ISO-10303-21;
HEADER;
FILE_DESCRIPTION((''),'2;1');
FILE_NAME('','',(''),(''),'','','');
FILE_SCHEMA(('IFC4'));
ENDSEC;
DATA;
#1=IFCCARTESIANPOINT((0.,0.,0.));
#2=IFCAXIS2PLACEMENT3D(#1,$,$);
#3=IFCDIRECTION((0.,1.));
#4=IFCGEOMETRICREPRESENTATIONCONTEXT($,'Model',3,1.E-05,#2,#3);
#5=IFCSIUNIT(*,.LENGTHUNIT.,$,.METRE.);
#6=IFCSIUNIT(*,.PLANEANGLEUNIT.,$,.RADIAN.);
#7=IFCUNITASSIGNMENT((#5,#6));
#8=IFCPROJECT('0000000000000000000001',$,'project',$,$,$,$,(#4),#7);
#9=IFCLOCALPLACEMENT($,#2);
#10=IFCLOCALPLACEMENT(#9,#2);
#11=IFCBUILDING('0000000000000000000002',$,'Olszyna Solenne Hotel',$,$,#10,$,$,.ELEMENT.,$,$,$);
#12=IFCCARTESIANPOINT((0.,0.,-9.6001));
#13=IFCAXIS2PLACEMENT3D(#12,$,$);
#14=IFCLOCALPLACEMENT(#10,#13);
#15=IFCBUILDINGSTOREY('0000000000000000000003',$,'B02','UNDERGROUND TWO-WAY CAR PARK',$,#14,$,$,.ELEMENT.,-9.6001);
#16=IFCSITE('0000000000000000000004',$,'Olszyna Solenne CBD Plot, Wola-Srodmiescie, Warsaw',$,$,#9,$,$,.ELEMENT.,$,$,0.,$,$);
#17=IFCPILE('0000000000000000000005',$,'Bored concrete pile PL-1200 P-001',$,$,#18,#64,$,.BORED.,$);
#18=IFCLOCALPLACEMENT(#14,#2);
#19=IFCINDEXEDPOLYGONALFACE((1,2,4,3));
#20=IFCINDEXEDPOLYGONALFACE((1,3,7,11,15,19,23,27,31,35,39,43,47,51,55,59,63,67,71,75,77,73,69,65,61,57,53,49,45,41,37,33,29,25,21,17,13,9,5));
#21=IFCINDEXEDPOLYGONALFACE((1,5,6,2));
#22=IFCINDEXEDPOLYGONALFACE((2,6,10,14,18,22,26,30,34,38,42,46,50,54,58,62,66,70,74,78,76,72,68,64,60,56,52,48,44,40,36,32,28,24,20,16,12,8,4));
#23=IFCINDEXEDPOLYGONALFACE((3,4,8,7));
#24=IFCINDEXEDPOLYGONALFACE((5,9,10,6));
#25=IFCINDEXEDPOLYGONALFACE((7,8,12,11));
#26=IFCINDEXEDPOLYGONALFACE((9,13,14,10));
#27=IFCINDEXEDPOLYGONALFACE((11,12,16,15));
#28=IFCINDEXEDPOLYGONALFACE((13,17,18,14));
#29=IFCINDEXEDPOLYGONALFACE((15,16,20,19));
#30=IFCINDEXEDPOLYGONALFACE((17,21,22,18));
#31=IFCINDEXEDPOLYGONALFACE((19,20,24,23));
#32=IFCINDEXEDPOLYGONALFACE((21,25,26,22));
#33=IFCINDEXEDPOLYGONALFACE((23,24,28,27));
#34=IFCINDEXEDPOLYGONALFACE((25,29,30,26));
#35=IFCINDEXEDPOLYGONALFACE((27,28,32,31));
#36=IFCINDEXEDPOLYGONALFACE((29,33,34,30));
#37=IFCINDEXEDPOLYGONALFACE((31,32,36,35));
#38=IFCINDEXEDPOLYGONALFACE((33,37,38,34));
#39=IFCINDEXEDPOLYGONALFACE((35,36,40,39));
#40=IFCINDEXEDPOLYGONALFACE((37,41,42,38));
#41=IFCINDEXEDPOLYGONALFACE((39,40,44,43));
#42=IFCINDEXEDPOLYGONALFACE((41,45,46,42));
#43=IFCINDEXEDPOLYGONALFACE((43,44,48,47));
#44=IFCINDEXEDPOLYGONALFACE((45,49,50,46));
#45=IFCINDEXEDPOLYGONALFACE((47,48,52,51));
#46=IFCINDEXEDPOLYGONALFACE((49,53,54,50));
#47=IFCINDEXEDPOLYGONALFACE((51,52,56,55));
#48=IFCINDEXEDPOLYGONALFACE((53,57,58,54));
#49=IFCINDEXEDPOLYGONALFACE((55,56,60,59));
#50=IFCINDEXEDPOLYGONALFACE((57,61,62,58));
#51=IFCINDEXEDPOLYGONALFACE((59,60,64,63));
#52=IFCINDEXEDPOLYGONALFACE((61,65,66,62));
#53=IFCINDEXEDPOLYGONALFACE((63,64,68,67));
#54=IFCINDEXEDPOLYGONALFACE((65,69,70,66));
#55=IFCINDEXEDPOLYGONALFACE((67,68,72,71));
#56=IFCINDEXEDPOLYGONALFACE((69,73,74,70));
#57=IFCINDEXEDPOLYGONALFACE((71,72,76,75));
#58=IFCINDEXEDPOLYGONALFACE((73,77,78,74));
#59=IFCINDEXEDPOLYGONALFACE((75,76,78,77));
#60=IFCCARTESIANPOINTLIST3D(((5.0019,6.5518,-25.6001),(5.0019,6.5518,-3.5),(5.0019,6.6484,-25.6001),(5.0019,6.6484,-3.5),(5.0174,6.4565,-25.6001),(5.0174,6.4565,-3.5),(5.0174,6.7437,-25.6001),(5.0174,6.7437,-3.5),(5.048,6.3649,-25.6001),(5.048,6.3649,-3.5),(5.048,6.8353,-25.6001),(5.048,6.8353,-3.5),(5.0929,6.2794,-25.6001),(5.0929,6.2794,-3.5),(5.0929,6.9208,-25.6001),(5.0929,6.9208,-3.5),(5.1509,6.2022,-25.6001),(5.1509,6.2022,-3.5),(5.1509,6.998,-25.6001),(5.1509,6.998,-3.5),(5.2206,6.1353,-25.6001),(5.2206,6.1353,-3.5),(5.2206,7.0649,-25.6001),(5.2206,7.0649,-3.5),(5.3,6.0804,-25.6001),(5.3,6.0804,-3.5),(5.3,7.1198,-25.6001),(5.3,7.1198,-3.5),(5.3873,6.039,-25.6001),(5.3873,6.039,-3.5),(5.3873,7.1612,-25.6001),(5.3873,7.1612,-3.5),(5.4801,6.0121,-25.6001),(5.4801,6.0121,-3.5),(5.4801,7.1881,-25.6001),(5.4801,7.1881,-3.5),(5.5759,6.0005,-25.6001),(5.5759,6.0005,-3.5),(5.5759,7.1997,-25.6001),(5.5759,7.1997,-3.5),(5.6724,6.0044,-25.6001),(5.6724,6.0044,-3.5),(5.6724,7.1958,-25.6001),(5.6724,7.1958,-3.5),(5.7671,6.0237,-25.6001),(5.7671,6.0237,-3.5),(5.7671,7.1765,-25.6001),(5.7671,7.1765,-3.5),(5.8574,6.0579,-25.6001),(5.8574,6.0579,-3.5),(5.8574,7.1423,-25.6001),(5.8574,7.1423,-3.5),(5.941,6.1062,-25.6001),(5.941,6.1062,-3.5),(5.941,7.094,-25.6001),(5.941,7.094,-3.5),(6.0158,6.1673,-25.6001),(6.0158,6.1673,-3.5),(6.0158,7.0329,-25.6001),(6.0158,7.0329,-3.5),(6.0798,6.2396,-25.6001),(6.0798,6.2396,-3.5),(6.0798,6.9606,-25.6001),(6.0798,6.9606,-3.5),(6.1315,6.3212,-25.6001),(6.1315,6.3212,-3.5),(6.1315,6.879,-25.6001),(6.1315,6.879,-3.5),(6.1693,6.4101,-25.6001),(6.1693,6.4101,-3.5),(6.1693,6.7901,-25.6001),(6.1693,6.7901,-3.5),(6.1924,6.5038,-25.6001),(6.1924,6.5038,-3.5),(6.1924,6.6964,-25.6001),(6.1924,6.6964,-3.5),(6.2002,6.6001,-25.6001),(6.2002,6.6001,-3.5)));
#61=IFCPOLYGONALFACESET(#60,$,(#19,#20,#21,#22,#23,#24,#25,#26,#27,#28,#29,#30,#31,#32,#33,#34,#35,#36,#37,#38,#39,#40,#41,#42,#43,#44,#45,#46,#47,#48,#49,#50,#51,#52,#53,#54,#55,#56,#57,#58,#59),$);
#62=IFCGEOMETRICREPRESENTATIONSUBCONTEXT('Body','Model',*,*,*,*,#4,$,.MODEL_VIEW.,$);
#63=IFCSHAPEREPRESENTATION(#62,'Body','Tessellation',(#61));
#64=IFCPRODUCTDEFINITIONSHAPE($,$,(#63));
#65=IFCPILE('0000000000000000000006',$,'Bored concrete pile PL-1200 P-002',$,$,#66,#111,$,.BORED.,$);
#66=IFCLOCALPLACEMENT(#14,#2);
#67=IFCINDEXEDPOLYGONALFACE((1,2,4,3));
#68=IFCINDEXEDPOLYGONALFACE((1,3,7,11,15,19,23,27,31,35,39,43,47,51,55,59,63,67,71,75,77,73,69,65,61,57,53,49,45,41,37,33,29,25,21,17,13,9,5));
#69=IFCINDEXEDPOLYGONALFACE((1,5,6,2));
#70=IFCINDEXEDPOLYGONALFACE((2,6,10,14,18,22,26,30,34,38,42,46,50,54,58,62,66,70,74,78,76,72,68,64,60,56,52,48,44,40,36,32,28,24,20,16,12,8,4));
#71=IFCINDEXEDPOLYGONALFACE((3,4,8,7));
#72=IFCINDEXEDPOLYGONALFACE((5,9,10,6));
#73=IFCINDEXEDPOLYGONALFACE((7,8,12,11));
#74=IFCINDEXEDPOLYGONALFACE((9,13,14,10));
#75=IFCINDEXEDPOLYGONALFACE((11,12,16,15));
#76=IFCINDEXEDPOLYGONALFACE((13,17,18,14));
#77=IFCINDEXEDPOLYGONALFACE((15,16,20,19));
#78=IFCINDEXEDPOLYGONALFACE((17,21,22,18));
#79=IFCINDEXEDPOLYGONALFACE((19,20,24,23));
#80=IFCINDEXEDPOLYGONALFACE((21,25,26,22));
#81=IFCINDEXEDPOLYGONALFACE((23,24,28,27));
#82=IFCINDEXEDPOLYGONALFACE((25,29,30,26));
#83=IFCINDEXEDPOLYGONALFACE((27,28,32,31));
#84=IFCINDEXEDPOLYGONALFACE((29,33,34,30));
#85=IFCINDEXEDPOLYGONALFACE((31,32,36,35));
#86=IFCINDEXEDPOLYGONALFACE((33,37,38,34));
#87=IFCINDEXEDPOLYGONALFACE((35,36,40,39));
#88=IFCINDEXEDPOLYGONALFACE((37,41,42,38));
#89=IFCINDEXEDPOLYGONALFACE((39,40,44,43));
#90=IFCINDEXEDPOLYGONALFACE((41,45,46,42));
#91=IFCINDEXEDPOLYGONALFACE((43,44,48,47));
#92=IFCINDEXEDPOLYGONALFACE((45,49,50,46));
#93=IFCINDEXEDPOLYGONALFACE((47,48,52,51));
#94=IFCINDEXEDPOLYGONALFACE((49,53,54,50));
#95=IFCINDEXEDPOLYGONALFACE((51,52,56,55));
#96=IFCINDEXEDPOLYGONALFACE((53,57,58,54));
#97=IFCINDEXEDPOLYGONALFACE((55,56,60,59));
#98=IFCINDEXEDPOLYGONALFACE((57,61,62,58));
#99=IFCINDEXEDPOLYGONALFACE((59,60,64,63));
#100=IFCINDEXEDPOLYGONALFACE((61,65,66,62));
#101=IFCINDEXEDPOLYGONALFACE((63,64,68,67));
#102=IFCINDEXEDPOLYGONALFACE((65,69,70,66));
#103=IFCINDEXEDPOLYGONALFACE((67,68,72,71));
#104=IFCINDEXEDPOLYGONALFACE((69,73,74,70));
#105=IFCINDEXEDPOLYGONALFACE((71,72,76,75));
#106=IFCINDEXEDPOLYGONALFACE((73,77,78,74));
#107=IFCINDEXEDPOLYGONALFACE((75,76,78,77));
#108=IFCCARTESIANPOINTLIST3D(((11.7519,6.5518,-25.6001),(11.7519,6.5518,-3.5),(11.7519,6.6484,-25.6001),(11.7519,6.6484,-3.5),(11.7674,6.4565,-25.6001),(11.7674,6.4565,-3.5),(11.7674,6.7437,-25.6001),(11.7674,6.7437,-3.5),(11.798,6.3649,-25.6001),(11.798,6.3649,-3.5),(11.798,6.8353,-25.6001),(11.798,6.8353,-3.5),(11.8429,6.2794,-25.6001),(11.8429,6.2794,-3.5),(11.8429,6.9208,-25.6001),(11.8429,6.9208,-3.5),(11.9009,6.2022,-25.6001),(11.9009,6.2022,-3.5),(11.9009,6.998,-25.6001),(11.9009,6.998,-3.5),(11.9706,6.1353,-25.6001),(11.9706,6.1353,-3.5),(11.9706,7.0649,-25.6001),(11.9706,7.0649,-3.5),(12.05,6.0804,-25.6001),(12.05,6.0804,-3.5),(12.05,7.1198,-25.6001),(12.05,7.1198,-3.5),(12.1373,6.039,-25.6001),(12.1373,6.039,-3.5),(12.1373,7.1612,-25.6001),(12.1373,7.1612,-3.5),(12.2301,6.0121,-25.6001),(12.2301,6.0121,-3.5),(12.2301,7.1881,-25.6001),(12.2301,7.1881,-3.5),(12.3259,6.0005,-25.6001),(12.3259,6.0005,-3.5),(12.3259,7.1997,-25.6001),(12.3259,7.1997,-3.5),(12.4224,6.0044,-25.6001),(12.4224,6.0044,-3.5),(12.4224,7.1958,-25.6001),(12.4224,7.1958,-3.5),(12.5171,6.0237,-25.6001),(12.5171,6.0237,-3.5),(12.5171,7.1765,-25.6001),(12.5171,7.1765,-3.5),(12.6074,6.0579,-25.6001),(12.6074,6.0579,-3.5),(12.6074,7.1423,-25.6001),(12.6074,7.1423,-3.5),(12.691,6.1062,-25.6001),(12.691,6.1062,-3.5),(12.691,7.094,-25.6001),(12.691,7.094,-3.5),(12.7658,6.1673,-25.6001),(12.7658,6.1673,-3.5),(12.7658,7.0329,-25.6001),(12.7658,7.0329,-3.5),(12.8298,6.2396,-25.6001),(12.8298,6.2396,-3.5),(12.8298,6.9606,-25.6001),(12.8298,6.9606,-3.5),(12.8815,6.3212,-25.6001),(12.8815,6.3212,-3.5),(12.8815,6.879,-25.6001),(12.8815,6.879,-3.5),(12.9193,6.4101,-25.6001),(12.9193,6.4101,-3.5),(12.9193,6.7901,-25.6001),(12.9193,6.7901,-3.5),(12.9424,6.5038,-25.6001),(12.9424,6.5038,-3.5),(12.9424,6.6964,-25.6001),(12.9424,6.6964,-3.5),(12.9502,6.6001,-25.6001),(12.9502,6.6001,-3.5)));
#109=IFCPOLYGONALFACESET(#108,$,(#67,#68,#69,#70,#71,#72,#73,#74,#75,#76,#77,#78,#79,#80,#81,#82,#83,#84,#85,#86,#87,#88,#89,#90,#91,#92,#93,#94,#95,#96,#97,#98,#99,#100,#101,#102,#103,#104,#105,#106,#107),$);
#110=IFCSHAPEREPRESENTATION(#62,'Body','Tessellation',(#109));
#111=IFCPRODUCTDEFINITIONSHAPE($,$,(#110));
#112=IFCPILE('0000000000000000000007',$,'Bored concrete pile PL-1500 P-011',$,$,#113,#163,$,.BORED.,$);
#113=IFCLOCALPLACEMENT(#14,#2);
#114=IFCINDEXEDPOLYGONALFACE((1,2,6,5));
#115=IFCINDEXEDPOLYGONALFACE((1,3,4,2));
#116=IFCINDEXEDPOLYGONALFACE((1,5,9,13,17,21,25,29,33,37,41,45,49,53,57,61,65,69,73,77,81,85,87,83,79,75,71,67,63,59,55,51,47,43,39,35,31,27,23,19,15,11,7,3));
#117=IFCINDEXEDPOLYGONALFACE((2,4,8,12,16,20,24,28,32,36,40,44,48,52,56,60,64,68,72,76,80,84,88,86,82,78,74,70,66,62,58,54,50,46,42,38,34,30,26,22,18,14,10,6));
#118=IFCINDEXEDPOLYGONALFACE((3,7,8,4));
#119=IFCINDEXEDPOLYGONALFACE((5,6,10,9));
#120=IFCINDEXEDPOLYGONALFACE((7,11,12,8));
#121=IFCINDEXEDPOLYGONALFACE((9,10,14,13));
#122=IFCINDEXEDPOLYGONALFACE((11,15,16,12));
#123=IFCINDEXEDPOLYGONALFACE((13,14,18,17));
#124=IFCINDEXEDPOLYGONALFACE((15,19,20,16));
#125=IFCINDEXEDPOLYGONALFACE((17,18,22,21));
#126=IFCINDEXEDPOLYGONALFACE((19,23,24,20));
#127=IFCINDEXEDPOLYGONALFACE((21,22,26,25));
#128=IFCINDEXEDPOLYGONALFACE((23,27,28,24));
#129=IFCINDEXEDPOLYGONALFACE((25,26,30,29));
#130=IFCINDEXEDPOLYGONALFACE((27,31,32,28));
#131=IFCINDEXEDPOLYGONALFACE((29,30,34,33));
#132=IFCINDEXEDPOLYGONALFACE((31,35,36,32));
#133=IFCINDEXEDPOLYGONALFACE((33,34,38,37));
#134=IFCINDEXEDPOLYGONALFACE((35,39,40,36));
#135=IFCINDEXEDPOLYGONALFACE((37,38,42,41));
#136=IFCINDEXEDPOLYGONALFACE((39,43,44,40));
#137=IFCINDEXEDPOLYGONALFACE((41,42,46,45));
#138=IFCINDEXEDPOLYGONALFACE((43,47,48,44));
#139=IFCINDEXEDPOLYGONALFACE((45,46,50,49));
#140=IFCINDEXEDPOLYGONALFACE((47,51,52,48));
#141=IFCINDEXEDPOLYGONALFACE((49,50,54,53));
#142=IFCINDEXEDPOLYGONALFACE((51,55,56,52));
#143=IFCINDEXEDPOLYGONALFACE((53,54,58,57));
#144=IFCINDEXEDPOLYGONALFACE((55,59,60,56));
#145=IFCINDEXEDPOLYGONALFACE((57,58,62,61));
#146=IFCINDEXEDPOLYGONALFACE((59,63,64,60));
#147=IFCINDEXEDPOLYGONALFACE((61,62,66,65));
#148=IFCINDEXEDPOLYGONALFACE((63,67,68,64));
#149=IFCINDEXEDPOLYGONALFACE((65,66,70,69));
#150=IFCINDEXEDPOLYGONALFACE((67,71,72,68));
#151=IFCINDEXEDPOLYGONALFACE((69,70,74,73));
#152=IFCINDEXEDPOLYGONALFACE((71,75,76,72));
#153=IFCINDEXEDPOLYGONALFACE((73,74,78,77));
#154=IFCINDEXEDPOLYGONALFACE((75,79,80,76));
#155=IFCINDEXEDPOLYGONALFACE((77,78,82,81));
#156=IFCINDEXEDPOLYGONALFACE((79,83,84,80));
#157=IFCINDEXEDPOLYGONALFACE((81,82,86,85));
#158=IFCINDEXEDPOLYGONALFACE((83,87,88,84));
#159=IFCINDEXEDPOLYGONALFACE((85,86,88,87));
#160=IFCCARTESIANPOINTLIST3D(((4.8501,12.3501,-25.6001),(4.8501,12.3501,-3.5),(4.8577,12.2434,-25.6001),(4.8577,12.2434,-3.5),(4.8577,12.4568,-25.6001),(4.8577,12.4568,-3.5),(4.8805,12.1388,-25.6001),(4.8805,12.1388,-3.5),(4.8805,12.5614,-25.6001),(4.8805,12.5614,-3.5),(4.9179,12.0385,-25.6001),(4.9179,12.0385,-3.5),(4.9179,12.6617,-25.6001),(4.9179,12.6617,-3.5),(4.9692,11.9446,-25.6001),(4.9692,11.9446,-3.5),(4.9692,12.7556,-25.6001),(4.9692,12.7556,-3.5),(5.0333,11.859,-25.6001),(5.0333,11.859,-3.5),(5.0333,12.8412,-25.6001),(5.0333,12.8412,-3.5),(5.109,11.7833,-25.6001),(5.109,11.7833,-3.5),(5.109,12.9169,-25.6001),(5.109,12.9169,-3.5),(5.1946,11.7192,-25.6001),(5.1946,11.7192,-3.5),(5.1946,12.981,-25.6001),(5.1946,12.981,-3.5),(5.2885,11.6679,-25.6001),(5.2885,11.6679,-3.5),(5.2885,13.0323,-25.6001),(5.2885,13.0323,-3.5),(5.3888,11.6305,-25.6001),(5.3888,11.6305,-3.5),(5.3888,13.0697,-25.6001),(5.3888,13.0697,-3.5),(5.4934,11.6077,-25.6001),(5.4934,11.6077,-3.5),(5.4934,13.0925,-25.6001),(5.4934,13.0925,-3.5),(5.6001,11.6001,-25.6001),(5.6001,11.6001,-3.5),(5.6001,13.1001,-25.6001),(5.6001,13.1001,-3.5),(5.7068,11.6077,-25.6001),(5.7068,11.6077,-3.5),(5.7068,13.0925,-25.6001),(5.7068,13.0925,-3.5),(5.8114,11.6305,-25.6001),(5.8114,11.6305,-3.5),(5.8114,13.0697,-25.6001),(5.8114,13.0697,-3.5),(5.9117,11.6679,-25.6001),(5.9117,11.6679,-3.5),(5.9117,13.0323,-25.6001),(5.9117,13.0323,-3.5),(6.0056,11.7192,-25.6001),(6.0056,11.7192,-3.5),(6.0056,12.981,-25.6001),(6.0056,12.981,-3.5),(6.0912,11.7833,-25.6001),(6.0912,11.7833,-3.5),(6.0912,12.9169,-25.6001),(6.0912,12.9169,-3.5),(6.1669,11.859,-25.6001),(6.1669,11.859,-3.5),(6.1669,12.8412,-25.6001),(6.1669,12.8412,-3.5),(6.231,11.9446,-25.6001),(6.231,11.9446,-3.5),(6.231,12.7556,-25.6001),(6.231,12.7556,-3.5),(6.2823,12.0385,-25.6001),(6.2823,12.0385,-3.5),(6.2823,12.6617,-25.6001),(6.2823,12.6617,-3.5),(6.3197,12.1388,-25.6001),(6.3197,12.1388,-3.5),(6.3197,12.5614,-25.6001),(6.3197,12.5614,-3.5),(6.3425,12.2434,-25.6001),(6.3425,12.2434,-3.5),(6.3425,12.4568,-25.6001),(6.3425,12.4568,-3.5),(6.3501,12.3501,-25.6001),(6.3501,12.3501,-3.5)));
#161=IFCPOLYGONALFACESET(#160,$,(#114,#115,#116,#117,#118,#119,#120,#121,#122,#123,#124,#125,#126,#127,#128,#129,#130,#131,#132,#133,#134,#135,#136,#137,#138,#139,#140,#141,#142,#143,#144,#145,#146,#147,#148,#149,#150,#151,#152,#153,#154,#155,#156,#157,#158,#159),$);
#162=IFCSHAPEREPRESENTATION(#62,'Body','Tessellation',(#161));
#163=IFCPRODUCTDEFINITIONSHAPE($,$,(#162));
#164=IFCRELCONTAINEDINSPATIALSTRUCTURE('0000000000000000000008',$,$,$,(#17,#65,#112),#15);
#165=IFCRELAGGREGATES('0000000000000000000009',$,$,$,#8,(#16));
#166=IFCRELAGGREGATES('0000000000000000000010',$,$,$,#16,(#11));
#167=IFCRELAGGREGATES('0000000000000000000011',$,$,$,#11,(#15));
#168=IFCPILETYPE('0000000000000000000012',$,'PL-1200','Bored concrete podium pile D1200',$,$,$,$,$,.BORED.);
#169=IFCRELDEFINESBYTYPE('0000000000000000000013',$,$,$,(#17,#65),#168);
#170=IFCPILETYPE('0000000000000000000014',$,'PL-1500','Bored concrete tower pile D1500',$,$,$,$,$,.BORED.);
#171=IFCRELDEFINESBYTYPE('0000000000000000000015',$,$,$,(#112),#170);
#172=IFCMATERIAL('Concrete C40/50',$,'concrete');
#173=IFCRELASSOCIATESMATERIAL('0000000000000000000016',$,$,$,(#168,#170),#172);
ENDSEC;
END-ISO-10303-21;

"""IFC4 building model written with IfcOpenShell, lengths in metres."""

from ifc_helpers import new_model, si_unit, direction, frame, origin, origin_2d, place, context, subcontext, project, spatial, circle, extrude, source, transform, mapped, material, material_profile, profile_set, type_object, element, save


model = new_model("IFC4")

# Units and contexts
model_context = context("Model", 3, precision=1e-05, world=origin(), true_north=direction((0.0, 1.0)))
body_context = subcontext(model_context, "Body", "Model", "MODEL_VIEW")
ifc_project = project(units=[si_unit("LENGTHUNIT", "METRE"), si_unit("PLANEANGLEUNIT", "RADIAN")], contexts=[model_context])

# Site, building, storey
site_placement = place(None, origin())
site = spatial("IfcSite", under=ifc_project, at=site_placement, Name="Olszyna Solenne CBD Plot, Wola-Srodmiescie, Warsaw", CompositionType="ELEMENT", RefElevation=0.0)
building_placement = place(site_placement, origin())
building = spatial("IfcBuilding", under=site, at=building_placement, Name="Olszyna Solenne Hotel", CompositionType="ELEMENT")
storey_placement = place(building_placement, frame((0.0, 0.0, -9.6001)))
storey = spatial("IfcBuildingStorey", under=building, at=storey_placement, Name="B02", Description="UNDERGROUND TWO-WAY CAR PARK", CompositionType="ELEMENT", Elevation=-9.6001)

# Piles
ifc_material_1 = material(Name="Concrete C40/50", Category="concrete")
ifc_material_profile_1 = material_profile(ifc_material_1, circle(Radius=0.6001, at=origin_2d()), Name="BORED PILE 1200", Category="load-bearing")
ifc_profile_set_1 = profile_set([ifc_material_profile_1], Name="Concrete C40/50")
pile_type_1 = type_object("IfcPileType", Name="PL-1200", Description="Bored concrete podium pile D1200", PredefinedType="BORED", material=ifc_profile_set_1)
shared_shape_1 = source(origin(), body_context, "Body", "SweptSolid", [
    extrude(circle(Radius=0.6001, at=origin_2d()), origin(), (0.0, 0.0, 1.0), 22.1001),
])
for number, where, z_axis, x_axis, name in (
    (1, (5.6001, 6.6001, -3.5), (0.0, 0.0, -1.0), (1.0, 0.0, 0.0), "Bored concrete pile PL-1200 P-001"),
    (2, (12.3501, 6.6001, -3.5), (0.0, 0.0, -1.0), (1.0, 0.0, 0.0), "Bored concrete pile PL-1200 P-002"),
):
    element("IfcPile", number, at=place(storey_placement, frame(where, z_axis=z_axis, x_axis=x_axis)), inside=storey, type_object=pile_type_1, Name=name, PredefinedType="BORED", context=body_context, shape_type="MappedRepresentation", body=[
        mapped(shared_shape_1, transform((0.0, 0.0, 0.0), x_axis=(1.0, 0.0, 0.0), y_axis=(0.0, 1.0, 0.0), z_axis=(0.0, 0.0, 1.0), scale=1.0)),
    ])
ifc_material_profile_2 = material_profile(ifc_material_1, circle(Radius=0.75, at=origin_2d()), Name="BORED PILE 1500", Category="load-bearing")
ifc_profile_set_2 = profile_set([ifc_material_profile_2], Name="Concrete C40/50")
pile_type_2 = type_object("IfcPileType", Name="PL-1500", Description="Bored concrete tower pile D1500", PredefinedType="BORED", material=ifc_profile_set_2)
shared_shape_2 = source(origin(), body_context, "Body", "SweptSolid", [
    extrude(circle(Radius=0.75, at=origin_2d()), origin(), (0.0, 0.0, 1.0), 22.1001),
])
for number, where, z_axis, x_axis, name in (
    (3, (5.6001, 12.3501, -3.5), (0.0, 0.0, -1.0), (1.0, 0.0, 0.0), "Bored concrete pile PL-1500 P-011"),
):
    element("IfcPile", number, at=place(storey_placement, frame(where, z_axis=z_axis, x_axis=x_axis)), inside=storey, type_object=pile_type_2, Name=name, PredefinedType="BORED", context=body_context, shape_type="MappedRepresentation", body=[
        mapped(shared_shape_2, transform((0.0, 0.0, 0.0), x_axis=(1.0, 0.0, 0.0), y_axis=(0.0, 1.0, 0.0), z_axis=(0.0, 0.0, 1.0), scale=1.0)),
    ])

save(model, "model.ifc")
